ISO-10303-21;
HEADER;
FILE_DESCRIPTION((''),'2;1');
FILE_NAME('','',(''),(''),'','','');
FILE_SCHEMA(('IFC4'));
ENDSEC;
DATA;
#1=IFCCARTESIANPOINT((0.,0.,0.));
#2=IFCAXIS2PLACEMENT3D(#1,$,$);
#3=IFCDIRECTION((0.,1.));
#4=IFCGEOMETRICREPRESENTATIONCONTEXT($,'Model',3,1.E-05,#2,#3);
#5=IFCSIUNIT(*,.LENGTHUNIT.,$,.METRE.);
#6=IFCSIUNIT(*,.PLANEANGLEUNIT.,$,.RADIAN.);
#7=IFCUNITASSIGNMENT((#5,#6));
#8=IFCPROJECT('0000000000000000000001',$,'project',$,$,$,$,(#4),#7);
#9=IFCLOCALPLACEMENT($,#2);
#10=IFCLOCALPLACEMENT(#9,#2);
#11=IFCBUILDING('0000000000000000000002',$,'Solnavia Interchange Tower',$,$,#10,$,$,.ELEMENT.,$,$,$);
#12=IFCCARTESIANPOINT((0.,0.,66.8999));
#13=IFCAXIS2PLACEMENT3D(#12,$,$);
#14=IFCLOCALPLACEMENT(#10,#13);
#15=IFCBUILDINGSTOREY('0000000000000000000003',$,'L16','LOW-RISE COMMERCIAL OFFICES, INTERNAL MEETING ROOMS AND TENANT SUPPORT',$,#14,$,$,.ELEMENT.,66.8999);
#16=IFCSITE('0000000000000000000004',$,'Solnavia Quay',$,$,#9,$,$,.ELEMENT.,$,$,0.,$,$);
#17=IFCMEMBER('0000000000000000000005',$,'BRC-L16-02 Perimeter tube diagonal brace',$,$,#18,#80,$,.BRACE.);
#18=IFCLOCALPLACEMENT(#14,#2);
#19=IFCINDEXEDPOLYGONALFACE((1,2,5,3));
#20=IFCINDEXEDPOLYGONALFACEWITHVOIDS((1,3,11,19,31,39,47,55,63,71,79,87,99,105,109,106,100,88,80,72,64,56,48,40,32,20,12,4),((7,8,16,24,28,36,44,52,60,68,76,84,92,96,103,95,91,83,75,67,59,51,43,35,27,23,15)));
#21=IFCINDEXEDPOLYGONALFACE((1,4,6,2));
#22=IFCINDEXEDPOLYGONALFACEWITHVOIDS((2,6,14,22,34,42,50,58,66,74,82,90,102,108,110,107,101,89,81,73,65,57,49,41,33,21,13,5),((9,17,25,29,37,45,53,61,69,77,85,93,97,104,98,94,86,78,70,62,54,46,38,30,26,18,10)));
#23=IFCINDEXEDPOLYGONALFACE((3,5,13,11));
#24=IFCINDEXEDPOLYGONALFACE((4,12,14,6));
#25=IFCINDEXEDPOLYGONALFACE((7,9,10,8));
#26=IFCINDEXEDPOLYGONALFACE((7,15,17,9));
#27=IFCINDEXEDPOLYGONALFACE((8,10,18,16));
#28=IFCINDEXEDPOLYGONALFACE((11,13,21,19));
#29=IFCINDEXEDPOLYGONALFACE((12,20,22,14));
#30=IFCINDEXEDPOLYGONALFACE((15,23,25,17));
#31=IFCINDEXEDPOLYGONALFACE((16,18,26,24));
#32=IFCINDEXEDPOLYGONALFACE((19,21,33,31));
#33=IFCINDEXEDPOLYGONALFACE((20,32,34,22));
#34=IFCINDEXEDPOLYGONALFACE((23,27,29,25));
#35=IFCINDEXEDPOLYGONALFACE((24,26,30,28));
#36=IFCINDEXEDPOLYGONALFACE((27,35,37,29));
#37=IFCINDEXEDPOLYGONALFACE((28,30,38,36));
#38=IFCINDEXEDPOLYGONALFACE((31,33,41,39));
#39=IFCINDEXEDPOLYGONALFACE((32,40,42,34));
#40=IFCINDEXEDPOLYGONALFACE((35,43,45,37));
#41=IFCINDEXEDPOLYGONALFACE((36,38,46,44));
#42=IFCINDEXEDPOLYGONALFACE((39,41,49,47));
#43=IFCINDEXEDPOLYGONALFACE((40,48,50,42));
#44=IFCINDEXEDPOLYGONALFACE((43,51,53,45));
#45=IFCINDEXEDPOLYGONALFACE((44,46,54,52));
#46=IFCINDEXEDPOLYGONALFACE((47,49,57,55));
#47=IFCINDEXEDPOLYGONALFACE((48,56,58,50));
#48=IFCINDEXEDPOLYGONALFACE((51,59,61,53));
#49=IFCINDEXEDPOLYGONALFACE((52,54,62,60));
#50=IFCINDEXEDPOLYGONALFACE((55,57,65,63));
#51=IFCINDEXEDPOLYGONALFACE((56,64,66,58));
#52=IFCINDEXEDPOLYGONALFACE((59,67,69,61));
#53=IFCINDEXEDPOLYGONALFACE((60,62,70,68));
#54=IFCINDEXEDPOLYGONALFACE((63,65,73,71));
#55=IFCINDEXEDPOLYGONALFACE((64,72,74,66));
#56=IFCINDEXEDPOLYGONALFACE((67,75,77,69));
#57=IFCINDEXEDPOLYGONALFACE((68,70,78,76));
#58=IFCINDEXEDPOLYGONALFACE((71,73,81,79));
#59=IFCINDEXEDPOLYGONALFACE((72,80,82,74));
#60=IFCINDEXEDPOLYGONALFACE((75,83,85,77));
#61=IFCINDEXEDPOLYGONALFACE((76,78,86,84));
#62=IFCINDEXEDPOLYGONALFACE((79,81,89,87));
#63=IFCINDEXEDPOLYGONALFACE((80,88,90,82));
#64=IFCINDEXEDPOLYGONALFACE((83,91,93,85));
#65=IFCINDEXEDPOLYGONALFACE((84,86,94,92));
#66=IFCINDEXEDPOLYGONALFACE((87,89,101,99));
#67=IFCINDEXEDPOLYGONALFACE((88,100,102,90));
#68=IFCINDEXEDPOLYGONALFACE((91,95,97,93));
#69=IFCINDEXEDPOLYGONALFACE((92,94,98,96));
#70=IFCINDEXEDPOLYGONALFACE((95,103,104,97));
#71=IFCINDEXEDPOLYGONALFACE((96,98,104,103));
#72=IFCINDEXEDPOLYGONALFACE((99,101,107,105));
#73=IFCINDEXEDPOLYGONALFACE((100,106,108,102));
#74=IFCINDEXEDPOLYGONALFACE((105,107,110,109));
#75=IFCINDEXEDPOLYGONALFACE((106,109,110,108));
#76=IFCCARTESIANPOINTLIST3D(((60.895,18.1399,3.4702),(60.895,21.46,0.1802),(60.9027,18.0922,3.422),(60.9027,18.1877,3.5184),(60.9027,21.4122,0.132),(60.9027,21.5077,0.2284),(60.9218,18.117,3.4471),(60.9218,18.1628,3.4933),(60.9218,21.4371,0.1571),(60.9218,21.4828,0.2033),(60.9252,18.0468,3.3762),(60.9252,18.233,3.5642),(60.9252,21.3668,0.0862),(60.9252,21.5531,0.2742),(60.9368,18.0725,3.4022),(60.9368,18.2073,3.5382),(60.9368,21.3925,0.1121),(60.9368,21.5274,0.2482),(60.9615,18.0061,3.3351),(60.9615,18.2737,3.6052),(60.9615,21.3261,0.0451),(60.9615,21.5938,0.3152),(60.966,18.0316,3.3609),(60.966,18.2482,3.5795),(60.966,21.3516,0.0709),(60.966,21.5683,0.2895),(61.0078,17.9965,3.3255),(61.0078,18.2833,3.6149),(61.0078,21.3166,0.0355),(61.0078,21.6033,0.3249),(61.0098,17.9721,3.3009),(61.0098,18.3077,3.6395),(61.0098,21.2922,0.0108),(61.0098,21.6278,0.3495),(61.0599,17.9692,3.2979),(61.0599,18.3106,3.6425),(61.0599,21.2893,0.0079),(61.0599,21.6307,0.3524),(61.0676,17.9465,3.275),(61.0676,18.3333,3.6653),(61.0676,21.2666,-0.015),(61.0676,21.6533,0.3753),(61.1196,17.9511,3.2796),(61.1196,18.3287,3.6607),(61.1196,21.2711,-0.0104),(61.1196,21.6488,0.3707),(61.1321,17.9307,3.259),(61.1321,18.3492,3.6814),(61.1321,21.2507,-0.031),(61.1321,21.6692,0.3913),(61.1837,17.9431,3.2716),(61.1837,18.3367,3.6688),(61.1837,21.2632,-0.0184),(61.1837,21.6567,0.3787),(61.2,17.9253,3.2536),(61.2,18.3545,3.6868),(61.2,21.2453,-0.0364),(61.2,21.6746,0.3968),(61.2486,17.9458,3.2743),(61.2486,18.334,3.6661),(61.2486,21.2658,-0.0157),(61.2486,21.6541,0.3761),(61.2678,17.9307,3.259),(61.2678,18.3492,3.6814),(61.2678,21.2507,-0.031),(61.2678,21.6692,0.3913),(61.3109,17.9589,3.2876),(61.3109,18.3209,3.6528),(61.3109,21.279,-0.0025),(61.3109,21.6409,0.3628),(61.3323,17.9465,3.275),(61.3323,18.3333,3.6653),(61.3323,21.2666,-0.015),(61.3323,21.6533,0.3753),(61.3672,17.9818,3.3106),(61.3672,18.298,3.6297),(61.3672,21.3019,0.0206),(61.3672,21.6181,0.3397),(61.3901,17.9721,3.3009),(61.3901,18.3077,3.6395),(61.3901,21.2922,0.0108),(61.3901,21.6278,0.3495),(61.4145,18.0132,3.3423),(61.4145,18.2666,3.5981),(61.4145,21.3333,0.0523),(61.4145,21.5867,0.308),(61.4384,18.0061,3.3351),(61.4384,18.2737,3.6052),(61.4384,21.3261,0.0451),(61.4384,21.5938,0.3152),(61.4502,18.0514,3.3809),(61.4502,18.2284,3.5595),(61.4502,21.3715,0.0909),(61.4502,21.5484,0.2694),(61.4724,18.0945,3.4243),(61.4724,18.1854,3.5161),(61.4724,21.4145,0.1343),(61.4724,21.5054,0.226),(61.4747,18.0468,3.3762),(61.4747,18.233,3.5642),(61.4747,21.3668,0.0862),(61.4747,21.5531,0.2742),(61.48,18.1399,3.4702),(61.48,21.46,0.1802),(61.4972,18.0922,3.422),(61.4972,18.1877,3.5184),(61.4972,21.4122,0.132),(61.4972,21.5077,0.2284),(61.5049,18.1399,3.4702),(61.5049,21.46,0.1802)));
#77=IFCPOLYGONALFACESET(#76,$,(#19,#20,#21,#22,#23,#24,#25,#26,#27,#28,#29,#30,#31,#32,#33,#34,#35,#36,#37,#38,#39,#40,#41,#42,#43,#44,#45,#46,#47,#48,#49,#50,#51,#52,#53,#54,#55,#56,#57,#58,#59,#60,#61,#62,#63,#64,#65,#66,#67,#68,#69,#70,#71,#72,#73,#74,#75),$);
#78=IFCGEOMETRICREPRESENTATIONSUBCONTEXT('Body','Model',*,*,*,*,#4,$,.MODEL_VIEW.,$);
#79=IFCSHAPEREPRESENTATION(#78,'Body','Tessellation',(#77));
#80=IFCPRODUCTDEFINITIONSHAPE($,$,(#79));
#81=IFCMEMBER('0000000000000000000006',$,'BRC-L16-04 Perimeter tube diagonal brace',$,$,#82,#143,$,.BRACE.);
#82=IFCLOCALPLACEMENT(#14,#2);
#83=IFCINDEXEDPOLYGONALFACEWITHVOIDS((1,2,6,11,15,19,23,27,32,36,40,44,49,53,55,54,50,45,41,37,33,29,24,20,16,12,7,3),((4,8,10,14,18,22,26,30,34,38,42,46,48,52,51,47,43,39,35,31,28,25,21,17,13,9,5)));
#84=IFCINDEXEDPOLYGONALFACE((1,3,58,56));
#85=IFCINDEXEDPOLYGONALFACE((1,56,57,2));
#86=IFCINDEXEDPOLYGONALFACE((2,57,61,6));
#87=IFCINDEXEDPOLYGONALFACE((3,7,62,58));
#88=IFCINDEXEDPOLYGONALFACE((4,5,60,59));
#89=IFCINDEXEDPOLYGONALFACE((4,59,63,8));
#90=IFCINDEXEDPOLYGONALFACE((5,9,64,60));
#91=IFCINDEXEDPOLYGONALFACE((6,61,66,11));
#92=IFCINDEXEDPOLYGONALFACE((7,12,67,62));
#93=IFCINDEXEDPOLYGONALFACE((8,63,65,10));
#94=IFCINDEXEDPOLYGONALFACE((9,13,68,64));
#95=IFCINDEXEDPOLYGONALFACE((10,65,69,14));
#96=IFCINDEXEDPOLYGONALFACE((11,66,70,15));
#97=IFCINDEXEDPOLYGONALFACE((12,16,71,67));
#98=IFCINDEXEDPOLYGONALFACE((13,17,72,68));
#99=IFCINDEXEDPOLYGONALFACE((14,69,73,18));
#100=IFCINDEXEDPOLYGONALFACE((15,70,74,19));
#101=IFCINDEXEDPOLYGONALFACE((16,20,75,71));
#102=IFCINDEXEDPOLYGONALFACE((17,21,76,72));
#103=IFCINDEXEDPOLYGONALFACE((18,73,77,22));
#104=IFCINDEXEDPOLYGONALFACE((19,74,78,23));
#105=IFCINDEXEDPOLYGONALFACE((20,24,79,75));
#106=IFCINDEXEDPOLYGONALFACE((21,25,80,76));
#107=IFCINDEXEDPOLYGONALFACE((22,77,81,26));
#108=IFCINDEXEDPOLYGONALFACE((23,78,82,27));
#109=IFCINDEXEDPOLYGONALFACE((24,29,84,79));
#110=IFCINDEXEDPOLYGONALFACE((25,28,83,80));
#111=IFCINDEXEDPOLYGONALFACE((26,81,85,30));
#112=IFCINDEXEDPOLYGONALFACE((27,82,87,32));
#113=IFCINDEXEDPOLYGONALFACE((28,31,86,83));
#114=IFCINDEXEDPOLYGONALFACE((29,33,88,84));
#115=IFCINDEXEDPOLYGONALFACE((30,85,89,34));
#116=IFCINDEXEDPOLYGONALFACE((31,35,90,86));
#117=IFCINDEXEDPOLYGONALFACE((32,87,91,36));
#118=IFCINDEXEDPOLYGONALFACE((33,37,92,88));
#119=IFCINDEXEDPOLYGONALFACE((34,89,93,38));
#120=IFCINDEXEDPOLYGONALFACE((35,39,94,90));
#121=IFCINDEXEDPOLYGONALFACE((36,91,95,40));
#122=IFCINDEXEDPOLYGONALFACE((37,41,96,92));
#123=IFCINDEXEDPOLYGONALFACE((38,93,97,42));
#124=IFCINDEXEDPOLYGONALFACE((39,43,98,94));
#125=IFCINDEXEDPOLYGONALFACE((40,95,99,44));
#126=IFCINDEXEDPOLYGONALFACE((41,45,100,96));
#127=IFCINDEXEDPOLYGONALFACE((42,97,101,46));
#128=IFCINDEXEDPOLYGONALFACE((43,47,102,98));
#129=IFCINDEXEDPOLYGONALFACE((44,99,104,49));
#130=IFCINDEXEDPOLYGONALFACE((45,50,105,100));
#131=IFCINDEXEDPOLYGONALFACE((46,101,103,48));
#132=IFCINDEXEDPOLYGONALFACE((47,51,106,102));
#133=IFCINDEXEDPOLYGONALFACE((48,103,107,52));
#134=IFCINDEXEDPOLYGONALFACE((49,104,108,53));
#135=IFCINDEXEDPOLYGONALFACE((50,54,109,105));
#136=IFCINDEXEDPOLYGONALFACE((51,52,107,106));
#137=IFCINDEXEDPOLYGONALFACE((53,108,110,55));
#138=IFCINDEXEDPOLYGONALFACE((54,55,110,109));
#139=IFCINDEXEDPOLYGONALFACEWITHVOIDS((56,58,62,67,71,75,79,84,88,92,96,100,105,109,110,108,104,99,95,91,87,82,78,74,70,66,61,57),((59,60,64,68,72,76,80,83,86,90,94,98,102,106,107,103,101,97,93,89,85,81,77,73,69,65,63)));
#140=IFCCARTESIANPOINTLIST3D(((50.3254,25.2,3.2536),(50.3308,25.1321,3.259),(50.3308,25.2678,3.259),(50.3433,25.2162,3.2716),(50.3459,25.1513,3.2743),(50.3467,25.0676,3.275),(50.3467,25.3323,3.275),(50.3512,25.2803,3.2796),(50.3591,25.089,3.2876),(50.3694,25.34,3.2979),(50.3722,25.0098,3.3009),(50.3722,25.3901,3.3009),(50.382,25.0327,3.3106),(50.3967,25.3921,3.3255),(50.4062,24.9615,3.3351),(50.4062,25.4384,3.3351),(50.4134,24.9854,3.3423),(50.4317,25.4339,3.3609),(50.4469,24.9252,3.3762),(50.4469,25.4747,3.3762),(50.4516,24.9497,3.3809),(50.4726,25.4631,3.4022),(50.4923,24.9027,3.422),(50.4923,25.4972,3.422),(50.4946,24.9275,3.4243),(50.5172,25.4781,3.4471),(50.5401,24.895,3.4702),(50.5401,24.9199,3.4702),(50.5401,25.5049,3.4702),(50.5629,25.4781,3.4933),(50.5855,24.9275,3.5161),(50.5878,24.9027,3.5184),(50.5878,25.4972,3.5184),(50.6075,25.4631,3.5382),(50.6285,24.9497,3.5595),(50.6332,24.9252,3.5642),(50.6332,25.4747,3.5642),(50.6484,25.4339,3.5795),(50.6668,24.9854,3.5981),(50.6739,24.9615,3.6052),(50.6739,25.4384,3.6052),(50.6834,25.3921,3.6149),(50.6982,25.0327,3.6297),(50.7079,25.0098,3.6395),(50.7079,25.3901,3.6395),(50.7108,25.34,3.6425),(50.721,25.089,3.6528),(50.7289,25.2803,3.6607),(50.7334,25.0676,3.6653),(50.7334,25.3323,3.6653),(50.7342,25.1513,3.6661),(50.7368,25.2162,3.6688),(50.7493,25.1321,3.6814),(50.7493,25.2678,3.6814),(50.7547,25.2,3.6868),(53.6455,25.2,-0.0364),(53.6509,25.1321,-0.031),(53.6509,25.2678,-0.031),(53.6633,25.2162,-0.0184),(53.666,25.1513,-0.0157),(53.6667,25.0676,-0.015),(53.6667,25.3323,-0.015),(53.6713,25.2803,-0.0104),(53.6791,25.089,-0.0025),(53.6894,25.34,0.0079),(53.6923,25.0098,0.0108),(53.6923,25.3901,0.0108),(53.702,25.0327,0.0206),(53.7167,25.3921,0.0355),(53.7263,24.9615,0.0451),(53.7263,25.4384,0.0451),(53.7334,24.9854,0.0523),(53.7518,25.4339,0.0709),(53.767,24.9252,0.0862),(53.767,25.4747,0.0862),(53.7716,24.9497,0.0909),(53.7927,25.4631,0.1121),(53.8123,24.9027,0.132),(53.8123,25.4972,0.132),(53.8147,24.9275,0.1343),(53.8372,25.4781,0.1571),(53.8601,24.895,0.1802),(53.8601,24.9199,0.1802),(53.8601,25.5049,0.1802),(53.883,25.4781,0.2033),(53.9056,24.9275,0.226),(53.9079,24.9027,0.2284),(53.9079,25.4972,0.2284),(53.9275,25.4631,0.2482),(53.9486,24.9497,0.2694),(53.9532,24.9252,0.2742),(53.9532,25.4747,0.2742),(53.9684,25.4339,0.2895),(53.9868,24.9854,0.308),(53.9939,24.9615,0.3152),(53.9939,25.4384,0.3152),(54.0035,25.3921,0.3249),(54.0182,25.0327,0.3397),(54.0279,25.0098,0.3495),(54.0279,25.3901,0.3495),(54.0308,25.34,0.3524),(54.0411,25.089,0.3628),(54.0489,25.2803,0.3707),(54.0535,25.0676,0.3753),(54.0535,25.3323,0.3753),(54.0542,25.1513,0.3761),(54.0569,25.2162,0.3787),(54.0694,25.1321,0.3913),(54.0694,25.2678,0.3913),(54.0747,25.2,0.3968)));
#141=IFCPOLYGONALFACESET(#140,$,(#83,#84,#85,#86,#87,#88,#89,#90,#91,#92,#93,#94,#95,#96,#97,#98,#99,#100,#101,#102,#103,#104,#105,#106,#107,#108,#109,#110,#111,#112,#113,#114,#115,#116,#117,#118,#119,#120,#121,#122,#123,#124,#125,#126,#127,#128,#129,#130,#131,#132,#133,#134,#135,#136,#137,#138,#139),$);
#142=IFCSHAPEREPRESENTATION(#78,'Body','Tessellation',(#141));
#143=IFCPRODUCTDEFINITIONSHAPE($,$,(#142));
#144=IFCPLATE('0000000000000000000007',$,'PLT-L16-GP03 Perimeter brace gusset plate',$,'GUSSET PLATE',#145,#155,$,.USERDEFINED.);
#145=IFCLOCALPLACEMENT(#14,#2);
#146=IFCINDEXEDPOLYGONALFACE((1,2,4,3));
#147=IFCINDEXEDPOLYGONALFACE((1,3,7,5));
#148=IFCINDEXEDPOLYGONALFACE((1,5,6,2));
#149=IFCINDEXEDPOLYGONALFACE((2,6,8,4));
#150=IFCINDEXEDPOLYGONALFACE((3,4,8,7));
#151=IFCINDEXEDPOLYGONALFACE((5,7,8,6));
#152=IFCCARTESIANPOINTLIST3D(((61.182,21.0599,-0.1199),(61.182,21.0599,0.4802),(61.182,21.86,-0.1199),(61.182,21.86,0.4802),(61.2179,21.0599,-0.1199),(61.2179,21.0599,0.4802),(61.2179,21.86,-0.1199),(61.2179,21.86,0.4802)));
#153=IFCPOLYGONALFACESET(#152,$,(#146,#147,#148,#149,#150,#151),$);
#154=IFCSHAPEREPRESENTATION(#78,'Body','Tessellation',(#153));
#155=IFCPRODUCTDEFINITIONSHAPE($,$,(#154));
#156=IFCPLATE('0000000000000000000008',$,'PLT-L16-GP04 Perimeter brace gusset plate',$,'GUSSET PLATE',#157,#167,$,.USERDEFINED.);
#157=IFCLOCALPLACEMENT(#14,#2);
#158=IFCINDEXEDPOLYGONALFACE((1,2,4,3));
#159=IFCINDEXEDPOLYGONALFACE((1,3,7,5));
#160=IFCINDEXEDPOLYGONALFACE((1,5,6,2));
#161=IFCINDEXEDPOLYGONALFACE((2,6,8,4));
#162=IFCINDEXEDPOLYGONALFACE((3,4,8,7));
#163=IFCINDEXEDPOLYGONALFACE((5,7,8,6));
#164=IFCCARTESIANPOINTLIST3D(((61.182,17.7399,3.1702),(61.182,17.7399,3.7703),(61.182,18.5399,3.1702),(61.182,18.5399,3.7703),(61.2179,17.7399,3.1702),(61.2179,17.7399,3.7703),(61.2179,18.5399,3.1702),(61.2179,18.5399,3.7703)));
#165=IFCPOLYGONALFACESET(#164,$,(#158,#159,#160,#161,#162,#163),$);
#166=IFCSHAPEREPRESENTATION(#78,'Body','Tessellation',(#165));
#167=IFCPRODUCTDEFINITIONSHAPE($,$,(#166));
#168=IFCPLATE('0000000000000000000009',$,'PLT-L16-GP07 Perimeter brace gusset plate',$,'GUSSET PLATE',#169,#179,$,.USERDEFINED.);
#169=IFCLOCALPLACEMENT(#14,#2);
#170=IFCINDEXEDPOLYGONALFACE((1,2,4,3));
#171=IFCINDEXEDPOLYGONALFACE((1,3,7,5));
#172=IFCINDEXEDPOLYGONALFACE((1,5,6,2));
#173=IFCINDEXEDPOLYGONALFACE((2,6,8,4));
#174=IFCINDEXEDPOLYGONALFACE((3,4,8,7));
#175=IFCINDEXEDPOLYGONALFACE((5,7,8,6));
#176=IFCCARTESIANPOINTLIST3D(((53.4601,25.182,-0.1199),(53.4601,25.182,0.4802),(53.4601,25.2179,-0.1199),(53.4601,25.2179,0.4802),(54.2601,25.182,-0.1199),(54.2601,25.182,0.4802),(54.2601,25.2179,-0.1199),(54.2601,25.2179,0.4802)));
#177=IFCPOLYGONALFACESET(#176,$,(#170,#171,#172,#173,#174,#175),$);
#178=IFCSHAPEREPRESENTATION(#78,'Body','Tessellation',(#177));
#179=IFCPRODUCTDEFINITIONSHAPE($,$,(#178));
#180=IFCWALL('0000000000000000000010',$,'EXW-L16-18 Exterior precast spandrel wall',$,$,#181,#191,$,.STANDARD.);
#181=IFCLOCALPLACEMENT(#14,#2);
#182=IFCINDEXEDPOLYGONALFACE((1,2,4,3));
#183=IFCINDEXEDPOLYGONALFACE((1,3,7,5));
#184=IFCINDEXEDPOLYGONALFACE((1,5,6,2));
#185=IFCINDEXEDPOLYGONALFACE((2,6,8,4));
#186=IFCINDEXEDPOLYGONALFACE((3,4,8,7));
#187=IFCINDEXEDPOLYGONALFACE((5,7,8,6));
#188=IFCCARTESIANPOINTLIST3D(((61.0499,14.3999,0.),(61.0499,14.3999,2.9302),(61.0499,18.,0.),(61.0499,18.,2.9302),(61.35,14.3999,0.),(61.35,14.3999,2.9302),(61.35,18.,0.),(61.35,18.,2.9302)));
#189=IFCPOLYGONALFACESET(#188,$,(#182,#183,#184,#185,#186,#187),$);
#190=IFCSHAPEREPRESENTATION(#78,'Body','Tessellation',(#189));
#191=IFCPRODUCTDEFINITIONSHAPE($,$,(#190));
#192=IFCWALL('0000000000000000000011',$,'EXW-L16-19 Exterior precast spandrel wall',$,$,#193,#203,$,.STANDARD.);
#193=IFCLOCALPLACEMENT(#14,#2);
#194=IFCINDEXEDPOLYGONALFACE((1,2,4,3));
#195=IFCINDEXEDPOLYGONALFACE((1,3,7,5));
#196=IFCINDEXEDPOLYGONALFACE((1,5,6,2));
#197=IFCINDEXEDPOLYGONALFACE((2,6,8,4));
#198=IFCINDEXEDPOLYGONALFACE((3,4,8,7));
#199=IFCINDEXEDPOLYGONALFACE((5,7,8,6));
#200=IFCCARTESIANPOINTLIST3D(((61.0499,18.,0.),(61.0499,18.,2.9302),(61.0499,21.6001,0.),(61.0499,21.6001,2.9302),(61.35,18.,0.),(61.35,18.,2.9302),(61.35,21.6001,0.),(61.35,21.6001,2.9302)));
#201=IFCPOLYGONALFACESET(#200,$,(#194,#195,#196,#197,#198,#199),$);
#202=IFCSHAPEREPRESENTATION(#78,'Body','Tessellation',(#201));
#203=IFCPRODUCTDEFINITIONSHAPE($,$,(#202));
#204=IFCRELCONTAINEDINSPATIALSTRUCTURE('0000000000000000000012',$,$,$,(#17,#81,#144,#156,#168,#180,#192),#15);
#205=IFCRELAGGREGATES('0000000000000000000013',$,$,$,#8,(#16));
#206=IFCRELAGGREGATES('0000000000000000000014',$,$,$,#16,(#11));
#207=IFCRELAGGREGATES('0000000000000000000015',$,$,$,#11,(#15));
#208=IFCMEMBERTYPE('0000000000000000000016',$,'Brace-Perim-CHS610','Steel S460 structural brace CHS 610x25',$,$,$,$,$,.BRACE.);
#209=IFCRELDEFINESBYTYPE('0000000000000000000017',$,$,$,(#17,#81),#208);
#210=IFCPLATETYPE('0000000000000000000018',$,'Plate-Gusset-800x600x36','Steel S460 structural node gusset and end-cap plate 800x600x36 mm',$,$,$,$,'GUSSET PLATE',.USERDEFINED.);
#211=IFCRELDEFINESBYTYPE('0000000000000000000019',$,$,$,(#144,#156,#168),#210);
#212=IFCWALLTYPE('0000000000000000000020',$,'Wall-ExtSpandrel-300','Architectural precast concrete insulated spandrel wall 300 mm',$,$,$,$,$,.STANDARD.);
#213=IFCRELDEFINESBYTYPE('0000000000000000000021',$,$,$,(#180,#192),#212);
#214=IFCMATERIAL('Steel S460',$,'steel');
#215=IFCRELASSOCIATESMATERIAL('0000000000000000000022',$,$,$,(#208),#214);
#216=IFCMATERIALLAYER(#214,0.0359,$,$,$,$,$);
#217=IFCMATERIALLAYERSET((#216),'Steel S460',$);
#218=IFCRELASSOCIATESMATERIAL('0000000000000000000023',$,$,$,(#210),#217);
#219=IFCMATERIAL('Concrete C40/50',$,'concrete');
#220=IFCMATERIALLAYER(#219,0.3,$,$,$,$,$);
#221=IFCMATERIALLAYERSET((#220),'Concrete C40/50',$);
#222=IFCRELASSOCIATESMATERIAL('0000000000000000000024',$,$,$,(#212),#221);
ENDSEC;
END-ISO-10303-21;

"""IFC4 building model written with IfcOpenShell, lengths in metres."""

from ifc_helpers import new_model, si_unit, direction, frame, frame_2d, origin, origin_2d, place, context, subcontext, project, spatial, rectangle, hollow_circle, extrude, material, layer, layer_set, material_profile, profile_set, type_object, element, save


model = new_model("IFC4")

# Units and contexts
model_context = context("Model", 3, precision=1e-05, world=origin(), true_north=direction((0.0, 1.0)))
body_context = subcontext(model_context, "Body", "Model", "MODEL_VIEW")
ifc_project = project(units=[si_unit("LENGTHUNIT", "METRE"), si_unit("PLANEANGLEUNIT", "RADIAN")], contexts=[model_context])

# Site, building, storey
site_placement = place(None, origin())
site = spatial("IfcSite", under=ifc_project, at=site_placement, Name="Solnavia Quay", CompositionType="ELEMENT", RefElevation=0.0)
building_placement = place(site_placement, origin())
building = spatial("IfcBuilding", under=site, at=building_placement, Name="Solnavia Interchange Tower", CompositionType="ELEMENT")
storey_placement = place(building_placement, frame((0.0, 0.0, 66.8999)))
storey = spatial("IfcBuildingStorey", under=building, at=storey_placement, Name="L16", Description="LOW-RISE COMMERCIAL OFFICES, INTERNAL MEETING ROOMS AND TENANT SUPPORT", CompositionType="ELEMENT", Elevation=66.8999)

# Members
ifc_material_1 = material(Name="Steel S460", Category="steel")
ifc_material_profile_1 = material_profile(ifc_material_1, hollow_circle(Radius=0.3049, WallThickness=0.0249, at=origin_2d()), Name="CHS 610x25")
ifc_profile_set_1 = profile_set([ifc_material_profile_1], Name="Steel S460")
member_type = type_object("IfcMemberType", Name="Brace-Perim-CHS610", Description="Steel S460 structural brace CHS 610x25", PredefinedType="BRACE", material=ifc_profile_set_1)
for number, where, z_axis, x_axis, name in (
    (1, (61.2, 21.46, 0.1802), (0.0, -0.710312, 0.703887), (1.0, 0.0, 0.0), "BRC-L16-02 Perimeter tube diagonal brace"),
    (2, (53.8601, 25.2, 0.1802), (-0.710312, 0.0, 0.703887), (0.0, -1.0, 0.0), "BRC-L16-04 Perimeter tube diagonal brace"),
):
    element("IfcMember", number, at=place(storey_placement, frame(where, z_axis=z_axis, x_axis=x_axis)), inside=storey, type_object=member_type, Name=name, PredefinedType="BRACE", context=body_context, shape_type="SweptSolid", body=[
        extrude(hollow_circle(Radius=0.3049, WallThickness=0.0249, at=origin_2d()), origin(), (0.0, 0.0, 1.0), 4.6741),
    ])

# Plates
ifc_layer_1 = layer(ifc_material_1, 0.0359)
ifc_layer_set_1 = layer_set([ifc_layer_1], Name="Steel S460")
plate_type = type_object("IfcPlateType", Name="Plate-Gusset-800x600x36", Description="Steel S460 structural node gusset and end-cap plate 800x600x36 mm", ElementType="GUSSET PLATE", PredefinedType="USERDEFINED", material=ifc_layer_set_1)
for number, where, z_axis, x_axis, name in (
    (3, (61.2, 21.46, -0.1199), (0.0, 0.0, 1.0), (0.0, -1.0, 0.0), "PLT-L16-GP03 Perimeter brace gusset plate"),
    (4, (61.2, 18.1399, 3.1702), (0.0, 0.0, 1.0), (0.0, -1.0, 0.0), "PLT-L16-GP04 Perimeter brace gusset plate"),
    (5, (53.8601, 25.2, -0.1199), (0.0, 0.0, 1.0), (-1.0, 0.0, 0.0), "PLT-L16-GP07 Perimeter brace gusset plate"),
):
    element("IfcPlate", number, at=place(storey_placement, frame(where, z_axis=z_axis, x_axis=x_axis)), inside=storey, type_object=plate_type, Name=name, ObjectType="GUSSET PLATE", PredefinedType="USERDEFINED", context=body_context, shape_type="SweptSolid", body=[
        extrude(rectangle(XDim=0.8, YDim=0.0359, at=origin_2d()), origin(), (0.0, 0.0, 1.0), 0.6001),
    ])

# Walls
ifc_material_2 = material(Name="Concrete C40/50", Category="concrete")
ifc_layer_2 = layer(ifc_material_2, 0.3)
ifc_layer_set_2 = layer_set([ifc_layer_2], Name="Concrete C40/50")
wall_type_1 = type_object("IfcWallType", Name="Wall-ExtSpandrel-300", Description="Architectural precast concrete insulated spandrel wall 300 mm", PredefinedType="STANDARD", material=ifc_layer_set_2)
for number, where, z_axis, x_axis, name in (
    (6, (61.2, 18.0, 0.0), (0.0, 0.0, 1.0), (0.0, -1.0, 0.0), "EXW-L16-18 Exterior precast spandrel wall"),
    (7, (61.2, 21.6001, 0.0), (0.0, 0.0, 1.0), (0.0, -1.0, 0.0), "EXW-L16-19 Exterior precast spandrel wall"),
):
    element("IfcWall", number, at=place(storey_placement, frame(where, z_axis=z_axis, x_axis=x_axis)), inside=storey, type_object=wall_type_1, Name=name, PredefinedType="STANDARD", context=body_context, shape_type="SweptSolid", body=[
        extrude(rectangle(XDim=3.6001, YDim=0.3, at=frame_2d((1.8, 0.0))), origin(), (0.0, 0.0, 1.0), 2.9302),
    ])

save(model, "model.ifc")
